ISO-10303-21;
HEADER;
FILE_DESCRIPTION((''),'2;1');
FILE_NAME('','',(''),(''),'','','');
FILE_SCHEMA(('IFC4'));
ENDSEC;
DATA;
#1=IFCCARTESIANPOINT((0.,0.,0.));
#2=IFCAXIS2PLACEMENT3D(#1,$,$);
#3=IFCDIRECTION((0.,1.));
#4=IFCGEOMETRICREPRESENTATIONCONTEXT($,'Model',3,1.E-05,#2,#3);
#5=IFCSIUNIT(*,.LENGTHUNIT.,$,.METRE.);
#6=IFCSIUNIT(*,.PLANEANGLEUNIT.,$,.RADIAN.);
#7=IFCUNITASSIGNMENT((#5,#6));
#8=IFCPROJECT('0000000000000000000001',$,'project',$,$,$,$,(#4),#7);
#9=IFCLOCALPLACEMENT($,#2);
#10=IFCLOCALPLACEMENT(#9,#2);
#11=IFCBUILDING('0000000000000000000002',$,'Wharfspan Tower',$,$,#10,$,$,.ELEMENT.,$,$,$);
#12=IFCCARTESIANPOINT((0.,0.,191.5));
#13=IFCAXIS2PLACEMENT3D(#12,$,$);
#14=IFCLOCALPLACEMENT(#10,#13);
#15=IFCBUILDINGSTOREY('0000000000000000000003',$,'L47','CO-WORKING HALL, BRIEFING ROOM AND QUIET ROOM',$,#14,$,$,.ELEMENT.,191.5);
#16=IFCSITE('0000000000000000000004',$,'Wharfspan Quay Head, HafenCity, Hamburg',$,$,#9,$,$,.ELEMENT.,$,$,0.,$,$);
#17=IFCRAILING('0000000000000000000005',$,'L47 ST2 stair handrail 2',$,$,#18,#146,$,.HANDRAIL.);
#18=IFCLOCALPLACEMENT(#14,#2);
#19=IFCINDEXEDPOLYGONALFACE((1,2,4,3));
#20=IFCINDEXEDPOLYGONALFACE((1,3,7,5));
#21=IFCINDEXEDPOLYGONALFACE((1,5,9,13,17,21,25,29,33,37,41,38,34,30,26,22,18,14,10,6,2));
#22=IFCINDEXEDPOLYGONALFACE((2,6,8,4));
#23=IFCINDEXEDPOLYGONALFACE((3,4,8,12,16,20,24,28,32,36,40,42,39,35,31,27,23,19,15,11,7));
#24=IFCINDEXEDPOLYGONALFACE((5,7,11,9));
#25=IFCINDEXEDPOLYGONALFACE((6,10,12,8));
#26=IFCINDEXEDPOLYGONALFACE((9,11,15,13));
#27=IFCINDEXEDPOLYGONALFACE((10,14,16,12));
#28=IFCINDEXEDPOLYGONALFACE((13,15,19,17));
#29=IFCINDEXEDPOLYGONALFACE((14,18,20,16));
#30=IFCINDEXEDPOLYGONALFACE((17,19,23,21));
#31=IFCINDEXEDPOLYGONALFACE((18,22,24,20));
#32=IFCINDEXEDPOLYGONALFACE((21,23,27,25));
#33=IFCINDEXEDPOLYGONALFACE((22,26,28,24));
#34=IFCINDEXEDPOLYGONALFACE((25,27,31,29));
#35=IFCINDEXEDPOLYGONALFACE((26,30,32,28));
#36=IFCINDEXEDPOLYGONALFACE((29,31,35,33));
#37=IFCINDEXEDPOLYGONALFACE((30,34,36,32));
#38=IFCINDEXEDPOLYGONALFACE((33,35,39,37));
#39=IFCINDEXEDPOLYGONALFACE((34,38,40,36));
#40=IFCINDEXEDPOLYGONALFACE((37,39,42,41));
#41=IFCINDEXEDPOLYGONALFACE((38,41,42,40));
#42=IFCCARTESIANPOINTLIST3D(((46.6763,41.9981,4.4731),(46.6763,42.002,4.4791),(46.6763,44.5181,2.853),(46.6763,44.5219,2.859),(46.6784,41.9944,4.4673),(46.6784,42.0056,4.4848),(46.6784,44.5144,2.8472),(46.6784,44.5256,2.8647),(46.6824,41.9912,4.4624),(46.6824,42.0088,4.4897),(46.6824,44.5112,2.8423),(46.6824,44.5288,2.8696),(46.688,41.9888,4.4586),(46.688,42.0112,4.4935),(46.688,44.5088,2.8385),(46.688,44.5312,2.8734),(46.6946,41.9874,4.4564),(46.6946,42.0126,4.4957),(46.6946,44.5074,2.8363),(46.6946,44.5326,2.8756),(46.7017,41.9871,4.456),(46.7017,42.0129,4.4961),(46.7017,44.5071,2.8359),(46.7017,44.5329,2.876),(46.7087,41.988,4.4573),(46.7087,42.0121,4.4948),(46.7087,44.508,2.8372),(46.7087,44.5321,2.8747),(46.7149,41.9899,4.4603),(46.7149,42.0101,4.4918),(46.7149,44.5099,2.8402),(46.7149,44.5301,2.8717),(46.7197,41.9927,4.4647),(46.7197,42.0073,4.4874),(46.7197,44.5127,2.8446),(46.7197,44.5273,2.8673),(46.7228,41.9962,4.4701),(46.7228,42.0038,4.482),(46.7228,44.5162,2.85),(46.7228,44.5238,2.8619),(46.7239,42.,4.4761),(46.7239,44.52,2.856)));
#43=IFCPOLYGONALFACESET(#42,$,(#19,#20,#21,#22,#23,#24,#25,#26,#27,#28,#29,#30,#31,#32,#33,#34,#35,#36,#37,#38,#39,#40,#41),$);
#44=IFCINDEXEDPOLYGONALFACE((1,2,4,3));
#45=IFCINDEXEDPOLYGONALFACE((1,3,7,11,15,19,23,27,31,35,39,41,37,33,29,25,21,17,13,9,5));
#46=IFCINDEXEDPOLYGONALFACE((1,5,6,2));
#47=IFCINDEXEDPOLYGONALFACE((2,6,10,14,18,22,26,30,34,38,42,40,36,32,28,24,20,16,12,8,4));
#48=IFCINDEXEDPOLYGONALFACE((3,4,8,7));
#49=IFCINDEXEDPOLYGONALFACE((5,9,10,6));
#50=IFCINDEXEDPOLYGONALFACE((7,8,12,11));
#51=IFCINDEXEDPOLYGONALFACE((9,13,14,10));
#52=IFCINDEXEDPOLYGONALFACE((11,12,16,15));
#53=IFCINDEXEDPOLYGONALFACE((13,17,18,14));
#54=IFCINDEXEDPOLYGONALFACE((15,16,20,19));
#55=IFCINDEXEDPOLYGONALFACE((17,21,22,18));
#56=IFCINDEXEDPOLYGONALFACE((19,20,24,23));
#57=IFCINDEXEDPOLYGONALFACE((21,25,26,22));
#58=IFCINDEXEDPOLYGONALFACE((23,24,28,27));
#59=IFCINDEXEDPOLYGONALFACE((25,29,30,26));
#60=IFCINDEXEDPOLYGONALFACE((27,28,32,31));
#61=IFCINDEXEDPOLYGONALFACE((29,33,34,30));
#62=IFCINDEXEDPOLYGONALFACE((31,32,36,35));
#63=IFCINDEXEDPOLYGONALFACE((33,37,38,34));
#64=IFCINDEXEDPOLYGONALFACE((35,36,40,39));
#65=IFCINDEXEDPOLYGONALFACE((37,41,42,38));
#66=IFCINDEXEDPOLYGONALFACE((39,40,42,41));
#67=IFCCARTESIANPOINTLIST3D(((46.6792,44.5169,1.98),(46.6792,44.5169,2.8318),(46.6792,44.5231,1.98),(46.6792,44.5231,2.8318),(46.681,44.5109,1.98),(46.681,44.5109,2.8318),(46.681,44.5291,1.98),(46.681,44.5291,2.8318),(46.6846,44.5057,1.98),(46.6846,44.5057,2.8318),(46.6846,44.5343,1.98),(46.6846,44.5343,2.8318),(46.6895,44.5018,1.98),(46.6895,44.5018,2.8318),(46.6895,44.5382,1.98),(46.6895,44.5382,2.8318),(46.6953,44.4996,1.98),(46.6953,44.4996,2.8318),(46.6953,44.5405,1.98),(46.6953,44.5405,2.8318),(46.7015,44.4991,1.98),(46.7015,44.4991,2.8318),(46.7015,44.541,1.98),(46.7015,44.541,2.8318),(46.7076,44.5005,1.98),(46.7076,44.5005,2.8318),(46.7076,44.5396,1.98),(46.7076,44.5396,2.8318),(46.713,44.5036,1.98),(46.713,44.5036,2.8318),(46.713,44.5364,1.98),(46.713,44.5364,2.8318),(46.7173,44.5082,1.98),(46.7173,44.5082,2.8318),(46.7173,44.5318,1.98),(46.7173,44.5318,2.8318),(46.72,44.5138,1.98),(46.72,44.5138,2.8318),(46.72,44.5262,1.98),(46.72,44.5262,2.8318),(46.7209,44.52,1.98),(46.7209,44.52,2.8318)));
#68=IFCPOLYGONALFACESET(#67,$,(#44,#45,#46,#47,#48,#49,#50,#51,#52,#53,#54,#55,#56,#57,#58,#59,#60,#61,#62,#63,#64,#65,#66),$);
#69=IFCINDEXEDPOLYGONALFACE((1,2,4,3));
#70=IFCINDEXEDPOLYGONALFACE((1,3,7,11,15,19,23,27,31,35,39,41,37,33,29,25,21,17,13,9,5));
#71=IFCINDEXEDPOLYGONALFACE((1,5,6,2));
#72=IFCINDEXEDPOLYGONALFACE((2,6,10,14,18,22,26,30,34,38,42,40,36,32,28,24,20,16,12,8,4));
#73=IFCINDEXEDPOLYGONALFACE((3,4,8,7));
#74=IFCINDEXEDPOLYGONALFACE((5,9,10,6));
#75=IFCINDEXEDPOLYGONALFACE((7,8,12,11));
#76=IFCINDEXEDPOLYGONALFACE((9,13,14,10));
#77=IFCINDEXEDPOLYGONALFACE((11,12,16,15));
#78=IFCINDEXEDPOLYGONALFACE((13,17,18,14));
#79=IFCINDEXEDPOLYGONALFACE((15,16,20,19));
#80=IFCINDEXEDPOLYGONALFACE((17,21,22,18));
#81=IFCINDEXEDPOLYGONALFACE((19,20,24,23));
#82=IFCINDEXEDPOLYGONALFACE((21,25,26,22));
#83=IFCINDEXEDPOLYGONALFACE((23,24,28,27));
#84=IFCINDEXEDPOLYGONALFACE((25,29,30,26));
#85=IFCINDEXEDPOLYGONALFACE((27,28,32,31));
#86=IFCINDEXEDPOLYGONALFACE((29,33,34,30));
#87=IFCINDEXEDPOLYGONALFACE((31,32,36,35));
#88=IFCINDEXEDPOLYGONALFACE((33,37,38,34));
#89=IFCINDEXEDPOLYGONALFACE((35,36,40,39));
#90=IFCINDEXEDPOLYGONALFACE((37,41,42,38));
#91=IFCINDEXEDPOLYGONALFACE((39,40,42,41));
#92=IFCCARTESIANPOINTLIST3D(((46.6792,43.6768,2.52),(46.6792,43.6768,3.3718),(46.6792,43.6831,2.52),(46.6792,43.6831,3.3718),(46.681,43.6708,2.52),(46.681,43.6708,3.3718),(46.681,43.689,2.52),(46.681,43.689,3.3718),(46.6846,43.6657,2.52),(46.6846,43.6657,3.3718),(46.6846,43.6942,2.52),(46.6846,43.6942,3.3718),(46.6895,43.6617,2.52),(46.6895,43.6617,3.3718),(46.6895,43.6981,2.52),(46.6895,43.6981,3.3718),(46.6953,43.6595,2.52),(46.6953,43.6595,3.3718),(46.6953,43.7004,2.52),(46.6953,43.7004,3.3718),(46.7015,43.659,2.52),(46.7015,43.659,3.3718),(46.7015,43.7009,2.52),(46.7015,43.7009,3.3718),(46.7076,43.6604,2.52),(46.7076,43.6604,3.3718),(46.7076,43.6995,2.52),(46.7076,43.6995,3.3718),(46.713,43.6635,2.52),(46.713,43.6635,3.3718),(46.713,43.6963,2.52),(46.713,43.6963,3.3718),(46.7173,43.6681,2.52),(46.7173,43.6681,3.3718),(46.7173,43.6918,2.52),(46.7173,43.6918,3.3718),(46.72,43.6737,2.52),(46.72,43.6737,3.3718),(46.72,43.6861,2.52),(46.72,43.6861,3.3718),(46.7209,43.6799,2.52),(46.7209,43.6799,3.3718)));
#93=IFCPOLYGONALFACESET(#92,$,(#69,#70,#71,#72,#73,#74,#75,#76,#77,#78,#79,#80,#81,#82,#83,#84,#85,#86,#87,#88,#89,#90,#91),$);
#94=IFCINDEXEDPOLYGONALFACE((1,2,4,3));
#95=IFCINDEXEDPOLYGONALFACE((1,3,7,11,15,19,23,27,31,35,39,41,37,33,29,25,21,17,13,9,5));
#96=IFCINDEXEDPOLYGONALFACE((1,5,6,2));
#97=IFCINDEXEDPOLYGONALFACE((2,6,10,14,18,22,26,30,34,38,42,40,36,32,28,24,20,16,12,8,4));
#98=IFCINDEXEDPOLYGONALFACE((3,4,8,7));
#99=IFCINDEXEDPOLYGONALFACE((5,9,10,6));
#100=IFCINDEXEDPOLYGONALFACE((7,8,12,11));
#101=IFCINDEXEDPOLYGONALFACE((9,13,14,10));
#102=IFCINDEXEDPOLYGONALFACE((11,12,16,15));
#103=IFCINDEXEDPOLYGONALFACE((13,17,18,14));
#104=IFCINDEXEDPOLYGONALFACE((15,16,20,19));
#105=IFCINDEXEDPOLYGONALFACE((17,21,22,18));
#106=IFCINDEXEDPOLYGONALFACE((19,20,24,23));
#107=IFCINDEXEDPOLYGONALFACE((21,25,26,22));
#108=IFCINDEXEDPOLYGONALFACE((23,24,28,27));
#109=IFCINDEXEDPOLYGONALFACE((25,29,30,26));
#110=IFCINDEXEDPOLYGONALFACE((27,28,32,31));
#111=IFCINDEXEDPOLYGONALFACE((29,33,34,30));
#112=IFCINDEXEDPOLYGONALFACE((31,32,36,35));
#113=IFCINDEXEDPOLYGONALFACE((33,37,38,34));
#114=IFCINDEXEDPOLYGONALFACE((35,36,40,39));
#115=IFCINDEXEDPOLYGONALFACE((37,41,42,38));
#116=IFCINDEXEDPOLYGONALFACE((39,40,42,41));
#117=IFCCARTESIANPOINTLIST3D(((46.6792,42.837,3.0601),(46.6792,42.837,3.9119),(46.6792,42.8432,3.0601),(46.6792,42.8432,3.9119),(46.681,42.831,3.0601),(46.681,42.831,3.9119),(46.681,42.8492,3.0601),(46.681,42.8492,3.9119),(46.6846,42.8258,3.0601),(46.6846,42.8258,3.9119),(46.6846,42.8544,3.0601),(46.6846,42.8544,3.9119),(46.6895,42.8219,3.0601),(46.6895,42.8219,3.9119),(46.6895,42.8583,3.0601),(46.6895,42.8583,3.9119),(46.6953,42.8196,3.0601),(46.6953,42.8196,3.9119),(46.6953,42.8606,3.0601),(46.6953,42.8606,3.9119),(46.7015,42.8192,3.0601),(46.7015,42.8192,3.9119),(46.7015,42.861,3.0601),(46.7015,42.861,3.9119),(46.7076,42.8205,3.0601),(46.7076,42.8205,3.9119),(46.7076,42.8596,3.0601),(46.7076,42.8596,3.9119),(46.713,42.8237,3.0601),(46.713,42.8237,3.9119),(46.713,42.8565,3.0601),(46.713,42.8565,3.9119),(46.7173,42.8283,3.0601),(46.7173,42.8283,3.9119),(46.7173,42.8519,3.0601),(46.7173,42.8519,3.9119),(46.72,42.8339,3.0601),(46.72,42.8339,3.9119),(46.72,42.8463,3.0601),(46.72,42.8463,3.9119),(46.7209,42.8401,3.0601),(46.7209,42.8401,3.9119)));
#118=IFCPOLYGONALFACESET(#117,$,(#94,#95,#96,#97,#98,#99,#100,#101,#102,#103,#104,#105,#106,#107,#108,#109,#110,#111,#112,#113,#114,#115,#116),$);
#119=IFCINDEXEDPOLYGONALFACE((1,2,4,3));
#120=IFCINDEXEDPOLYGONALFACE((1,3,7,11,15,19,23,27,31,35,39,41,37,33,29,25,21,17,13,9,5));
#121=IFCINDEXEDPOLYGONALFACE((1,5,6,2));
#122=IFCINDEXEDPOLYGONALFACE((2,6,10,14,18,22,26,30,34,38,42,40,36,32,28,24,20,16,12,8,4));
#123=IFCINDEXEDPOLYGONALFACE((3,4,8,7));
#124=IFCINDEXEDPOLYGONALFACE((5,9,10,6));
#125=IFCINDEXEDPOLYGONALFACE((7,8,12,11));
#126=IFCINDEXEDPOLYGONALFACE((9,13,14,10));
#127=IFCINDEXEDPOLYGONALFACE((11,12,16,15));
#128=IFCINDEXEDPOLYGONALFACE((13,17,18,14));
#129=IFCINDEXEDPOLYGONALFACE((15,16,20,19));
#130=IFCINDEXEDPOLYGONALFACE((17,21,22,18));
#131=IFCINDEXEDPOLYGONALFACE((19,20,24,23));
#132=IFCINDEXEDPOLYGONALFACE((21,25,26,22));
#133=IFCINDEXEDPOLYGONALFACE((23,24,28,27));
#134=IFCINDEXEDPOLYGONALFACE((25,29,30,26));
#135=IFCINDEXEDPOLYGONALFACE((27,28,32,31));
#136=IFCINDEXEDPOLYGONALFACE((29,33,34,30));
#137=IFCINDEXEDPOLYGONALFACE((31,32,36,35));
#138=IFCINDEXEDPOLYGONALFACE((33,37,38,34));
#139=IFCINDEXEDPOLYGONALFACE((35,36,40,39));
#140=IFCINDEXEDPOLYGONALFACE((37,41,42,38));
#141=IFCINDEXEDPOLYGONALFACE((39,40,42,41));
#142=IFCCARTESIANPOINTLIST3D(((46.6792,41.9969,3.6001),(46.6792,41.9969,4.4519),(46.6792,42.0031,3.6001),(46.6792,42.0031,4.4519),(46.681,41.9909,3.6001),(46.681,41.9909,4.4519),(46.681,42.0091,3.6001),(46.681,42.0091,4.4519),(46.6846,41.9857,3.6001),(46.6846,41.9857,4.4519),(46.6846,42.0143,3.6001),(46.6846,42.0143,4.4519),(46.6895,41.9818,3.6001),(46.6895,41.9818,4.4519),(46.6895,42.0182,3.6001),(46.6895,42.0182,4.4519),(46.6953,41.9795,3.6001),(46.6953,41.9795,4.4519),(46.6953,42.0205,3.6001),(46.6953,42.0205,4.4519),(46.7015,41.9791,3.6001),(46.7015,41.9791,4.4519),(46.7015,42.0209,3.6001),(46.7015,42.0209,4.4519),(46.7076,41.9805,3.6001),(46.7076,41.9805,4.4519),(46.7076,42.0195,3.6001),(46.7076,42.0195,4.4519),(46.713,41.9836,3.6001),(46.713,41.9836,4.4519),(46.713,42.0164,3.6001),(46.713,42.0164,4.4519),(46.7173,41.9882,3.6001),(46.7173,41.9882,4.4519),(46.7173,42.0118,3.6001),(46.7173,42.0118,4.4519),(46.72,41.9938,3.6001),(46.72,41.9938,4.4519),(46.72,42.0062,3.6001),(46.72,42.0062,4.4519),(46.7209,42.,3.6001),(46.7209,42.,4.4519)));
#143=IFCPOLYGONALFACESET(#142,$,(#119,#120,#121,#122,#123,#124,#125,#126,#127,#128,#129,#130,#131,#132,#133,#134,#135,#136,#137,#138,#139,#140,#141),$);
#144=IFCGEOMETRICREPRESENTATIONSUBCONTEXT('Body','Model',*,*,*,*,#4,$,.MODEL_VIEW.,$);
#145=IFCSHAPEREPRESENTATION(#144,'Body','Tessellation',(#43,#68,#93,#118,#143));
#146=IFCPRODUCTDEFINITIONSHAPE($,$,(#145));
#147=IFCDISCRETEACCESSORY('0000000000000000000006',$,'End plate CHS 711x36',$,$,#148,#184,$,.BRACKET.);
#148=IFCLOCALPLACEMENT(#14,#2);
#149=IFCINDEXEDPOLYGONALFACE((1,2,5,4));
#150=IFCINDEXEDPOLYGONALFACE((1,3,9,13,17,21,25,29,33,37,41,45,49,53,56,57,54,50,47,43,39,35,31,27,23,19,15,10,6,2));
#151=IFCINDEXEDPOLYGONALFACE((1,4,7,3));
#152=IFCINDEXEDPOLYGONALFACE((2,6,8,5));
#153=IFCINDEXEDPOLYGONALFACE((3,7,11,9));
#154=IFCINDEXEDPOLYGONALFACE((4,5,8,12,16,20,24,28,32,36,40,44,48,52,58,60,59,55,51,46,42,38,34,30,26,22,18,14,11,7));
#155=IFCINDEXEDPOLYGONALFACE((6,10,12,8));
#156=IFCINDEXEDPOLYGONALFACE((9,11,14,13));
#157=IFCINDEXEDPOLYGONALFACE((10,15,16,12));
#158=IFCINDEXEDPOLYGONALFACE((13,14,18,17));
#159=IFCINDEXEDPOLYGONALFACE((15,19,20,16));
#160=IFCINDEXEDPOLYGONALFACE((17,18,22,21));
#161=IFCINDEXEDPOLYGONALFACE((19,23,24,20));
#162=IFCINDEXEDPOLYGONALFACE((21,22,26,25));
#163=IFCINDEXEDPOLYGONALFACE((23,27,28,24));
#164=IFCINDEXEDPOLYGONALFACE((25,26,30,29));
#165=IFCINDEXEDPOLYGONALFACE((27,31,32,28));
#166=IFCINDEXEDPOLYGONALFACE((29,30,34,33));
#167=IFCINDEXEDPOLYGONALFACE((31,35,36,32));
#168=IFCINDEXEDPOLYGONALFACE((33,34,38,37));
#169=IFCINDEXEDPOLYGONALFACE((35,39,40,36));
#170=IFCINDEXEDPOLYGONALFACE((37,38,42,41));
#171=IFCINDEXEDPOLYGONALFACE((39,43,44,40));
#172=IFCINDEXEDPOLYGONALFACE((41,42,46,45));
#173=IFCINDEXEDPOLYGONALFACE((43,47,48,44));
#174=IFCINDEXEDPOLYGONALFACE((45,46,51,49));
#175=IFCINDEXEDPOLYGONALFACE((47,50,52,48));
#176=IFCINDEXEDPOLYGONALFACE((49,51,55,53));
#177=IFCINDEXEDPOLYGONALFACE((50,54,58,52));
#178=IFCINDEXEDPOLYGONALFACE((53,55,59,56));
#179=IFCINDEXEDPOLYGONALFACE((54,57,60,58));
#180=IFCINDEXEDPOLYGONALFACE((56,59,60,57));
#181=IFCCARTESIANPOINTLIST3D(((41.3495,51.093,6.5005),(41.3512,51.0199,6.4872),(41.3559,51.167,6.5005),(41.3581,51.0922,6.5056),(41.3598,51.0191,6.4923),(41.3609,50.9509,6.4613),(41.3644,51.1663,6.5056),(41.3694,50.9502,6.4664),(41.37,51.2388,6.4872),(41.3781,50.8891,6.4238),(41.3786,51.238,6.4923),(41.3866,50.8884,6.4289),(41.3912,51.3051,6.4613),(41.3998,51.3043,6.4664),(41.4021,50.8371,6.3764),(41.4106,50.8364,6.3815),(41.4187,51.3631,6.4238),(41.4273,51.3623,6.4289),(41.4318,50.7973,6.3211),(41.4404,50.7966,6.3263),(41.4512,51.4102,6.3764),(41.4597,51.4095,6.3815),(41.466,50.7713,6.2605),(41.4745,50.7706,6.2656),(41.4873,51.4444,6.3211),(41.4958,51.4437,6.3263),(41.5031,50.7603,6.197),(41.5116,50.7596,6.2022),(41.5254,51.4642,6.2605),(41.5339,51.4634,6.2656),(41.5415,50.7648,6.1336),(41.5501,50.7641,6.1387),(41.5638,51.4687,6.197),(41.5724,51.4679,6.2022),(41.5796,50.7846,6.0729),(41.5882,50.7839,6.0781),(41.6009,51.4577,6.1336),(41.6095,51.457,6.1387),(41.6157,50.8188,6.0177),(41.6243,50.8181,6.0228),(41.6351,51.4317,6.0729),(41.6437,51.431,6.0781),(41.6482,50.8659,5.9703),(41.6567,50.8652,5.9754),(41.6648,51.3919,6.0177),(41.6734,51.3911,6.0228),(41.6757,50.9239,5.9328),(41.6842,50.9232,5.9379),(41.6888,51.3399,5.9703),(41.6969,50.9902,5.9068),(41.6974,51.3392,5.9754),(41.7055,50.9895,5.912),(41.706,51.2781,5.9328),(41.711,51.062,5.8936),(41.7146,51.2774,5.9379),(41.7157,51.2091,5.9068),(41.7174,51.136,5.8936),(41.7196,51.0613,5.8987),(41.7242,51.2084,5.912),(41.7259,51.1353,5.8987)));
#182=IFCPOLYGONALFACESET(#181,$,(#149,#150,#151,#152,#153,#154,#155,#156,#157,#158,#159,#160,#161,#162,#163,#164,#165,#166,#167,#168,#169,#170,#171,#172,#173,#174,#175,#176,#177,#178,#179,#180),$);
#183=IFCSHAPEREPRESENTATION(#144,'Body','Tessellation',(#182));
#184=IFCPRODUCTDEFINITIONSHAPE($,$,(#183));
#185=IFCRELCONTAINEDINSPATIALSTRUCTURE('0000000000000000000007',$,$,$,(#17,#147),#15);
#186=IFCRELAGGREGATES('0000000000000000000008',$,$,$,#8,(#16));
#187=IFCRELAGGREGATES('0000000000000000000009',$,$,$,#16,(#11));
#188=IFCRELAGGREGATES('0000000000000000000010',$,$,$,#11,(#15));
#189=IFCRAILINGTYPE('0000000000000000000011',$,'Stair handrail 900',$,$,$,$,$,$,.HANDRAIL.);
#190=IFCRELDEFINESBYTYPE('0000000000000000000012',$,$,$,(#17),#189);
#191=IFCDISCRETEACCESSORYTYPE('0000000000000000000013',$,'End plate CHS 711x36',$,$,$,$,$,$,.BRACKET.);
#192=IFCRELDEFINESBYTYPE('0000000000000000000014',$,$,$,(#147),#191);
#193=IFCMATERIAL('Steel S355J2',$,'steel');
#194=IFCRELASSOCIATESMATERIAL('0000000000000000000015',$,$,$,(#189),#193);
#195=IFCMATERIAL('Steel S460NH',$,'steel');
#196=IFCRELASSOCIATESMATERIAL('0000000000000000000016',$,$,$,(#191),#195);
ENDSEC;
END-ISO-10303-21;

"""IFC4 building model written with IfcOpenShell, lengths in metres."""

from ifc_helpers import new_model, si_unit, direction, frame, origin, origin_2d, place, context, subcontext, project, spatial, circle, extrude, material, material_profile, profile_set, type_object, element, save


model = new_model("IFC4")

# Units and contexts
model_context = context("Model", 3, precision=1e-05, world=origin(), true_north=direction((0.0, 1.0)))
body_context = subcontext(model_context, "Body", "Model", "MODEL_VIEW")
ifc_project = project(units=[si_unit("LENGTHUNIT", "METRE"), si_unit("PLANEANGLEUNIT", "RADIAN")], contexts=[model_context])

# Site, building, storey
site_placement = place(None, origin())
site = spatial("IfcSite", under=ifc_project, at=site_placement, Name="Wharfspan Quay Head, HafenCity, Hamburg", CompositionType="ELEMENT", RefElevation=0.0)
building_placement = place(site_placement, origin())
building = spatial("IfcBuilding", under=site, at=building_placement, Name="Wharfspan Tower", CompositionType="ELEMENT")
storey_placement = place(building_placement, frame((0.0, 0.0, 191.5)))
storey = spatial("IfcBuildingStorey", under=building, at=storey_placement, Name="L47", Description="CO-WORKING HALL, BRIEFING ROOM AND QUIET ROOM", CompositionType="ELEMENT", Elevation=191.5)

# Shared definitions
ifc_material_1 = material(Name="Steel S355J2", Category="steel")

# Shared definitions
ifc_material_2 = material(Name="Steel S460NH", Category="steel")

# Railing
railing_type_1 = type_object("IfcRailingType", Name="Stair handrail 900", PredefinedType="HANDRAIL", material=ifc_material_1)
railing_1_placement = place(storey_placement, frame((46.7, 44.52, 1.98)))
element("IfcRailing", 1, at=railing_1_placement, inside=storey, type_object=railing_type_1, Name="L47 ST2 stair handrail 2", PredefinedType="HANDRAIL", context=body_context, shape_type="SweptSolid", body=[
    extrude(circle(Radius=0.0239, at=origin_2d()), frame((0.0, 0.0, 0.876), z_axis=(0.0, -0.841163, 0.540782), x_axis=(1.0, 0.0, 0.0)), (0.0, 0.0, 1.0), 2.9958),
    extrude(circle(Radius=0.021, at=origin_2d()), origin(), (0.0, 0.0, 1.0), 0.8518),
    extrude(circle(Radius=0.021, at=origin_2d()), frame((0.0, -0.8401, 0.54)), (0.0, 0.0, 1.0), 0.8518),
    extrude(circle(Radius=0.021, at=origin_2d()), frame((0.0, -1.6799, 1.0801)), (0.0, 0.0, 1.0), 0.8518),
    extrude(circle(Radius=0.021, at=origin_2d()), frame((0.0, -2.52, 1.6201)), (0.0, 0.0, 1.0), 0.8518),
])

# Discrete accessory
ifc_material_profile_1 = material_profile(ifc_material_2, circle(Radius=0.3555, at=origin_2d()))
ifc_profile_set_1 = profile_set([ifc_material_profile_1], Name="Steel S460NH")
discrete_accessory_type = type_object("IfcDiscreteAccessoryType", Name="End plate CHS 711x36", PredefinedType="BRACKET", material=ifc_profile_set_1)
for number, where, z_axis, x_axis, name in (
    (2, (41.5334, 51.1145, 6.197), (0.855186, -0.073302, 0.513112), (0.085402, 0.996345, -0.000001), "End plate CHS 711x36"),
):
    element("IfcDiscreteAccessory", number, at=place(storey_placement, frame(where, z_axis=z_axis, x_axis=x_axis)), inside=storey, type_object=discrete_accessory_type, Name=name, PredefinedType="BRACKET", context=body_context, shape_type="SweptSolid", body=[
        extrude(circle(Radius=0.3555, at=origin_2d()), origin(), (0.0, 0.0, 1.0), 0.01),
    ])

save(model, "model.ifc")
